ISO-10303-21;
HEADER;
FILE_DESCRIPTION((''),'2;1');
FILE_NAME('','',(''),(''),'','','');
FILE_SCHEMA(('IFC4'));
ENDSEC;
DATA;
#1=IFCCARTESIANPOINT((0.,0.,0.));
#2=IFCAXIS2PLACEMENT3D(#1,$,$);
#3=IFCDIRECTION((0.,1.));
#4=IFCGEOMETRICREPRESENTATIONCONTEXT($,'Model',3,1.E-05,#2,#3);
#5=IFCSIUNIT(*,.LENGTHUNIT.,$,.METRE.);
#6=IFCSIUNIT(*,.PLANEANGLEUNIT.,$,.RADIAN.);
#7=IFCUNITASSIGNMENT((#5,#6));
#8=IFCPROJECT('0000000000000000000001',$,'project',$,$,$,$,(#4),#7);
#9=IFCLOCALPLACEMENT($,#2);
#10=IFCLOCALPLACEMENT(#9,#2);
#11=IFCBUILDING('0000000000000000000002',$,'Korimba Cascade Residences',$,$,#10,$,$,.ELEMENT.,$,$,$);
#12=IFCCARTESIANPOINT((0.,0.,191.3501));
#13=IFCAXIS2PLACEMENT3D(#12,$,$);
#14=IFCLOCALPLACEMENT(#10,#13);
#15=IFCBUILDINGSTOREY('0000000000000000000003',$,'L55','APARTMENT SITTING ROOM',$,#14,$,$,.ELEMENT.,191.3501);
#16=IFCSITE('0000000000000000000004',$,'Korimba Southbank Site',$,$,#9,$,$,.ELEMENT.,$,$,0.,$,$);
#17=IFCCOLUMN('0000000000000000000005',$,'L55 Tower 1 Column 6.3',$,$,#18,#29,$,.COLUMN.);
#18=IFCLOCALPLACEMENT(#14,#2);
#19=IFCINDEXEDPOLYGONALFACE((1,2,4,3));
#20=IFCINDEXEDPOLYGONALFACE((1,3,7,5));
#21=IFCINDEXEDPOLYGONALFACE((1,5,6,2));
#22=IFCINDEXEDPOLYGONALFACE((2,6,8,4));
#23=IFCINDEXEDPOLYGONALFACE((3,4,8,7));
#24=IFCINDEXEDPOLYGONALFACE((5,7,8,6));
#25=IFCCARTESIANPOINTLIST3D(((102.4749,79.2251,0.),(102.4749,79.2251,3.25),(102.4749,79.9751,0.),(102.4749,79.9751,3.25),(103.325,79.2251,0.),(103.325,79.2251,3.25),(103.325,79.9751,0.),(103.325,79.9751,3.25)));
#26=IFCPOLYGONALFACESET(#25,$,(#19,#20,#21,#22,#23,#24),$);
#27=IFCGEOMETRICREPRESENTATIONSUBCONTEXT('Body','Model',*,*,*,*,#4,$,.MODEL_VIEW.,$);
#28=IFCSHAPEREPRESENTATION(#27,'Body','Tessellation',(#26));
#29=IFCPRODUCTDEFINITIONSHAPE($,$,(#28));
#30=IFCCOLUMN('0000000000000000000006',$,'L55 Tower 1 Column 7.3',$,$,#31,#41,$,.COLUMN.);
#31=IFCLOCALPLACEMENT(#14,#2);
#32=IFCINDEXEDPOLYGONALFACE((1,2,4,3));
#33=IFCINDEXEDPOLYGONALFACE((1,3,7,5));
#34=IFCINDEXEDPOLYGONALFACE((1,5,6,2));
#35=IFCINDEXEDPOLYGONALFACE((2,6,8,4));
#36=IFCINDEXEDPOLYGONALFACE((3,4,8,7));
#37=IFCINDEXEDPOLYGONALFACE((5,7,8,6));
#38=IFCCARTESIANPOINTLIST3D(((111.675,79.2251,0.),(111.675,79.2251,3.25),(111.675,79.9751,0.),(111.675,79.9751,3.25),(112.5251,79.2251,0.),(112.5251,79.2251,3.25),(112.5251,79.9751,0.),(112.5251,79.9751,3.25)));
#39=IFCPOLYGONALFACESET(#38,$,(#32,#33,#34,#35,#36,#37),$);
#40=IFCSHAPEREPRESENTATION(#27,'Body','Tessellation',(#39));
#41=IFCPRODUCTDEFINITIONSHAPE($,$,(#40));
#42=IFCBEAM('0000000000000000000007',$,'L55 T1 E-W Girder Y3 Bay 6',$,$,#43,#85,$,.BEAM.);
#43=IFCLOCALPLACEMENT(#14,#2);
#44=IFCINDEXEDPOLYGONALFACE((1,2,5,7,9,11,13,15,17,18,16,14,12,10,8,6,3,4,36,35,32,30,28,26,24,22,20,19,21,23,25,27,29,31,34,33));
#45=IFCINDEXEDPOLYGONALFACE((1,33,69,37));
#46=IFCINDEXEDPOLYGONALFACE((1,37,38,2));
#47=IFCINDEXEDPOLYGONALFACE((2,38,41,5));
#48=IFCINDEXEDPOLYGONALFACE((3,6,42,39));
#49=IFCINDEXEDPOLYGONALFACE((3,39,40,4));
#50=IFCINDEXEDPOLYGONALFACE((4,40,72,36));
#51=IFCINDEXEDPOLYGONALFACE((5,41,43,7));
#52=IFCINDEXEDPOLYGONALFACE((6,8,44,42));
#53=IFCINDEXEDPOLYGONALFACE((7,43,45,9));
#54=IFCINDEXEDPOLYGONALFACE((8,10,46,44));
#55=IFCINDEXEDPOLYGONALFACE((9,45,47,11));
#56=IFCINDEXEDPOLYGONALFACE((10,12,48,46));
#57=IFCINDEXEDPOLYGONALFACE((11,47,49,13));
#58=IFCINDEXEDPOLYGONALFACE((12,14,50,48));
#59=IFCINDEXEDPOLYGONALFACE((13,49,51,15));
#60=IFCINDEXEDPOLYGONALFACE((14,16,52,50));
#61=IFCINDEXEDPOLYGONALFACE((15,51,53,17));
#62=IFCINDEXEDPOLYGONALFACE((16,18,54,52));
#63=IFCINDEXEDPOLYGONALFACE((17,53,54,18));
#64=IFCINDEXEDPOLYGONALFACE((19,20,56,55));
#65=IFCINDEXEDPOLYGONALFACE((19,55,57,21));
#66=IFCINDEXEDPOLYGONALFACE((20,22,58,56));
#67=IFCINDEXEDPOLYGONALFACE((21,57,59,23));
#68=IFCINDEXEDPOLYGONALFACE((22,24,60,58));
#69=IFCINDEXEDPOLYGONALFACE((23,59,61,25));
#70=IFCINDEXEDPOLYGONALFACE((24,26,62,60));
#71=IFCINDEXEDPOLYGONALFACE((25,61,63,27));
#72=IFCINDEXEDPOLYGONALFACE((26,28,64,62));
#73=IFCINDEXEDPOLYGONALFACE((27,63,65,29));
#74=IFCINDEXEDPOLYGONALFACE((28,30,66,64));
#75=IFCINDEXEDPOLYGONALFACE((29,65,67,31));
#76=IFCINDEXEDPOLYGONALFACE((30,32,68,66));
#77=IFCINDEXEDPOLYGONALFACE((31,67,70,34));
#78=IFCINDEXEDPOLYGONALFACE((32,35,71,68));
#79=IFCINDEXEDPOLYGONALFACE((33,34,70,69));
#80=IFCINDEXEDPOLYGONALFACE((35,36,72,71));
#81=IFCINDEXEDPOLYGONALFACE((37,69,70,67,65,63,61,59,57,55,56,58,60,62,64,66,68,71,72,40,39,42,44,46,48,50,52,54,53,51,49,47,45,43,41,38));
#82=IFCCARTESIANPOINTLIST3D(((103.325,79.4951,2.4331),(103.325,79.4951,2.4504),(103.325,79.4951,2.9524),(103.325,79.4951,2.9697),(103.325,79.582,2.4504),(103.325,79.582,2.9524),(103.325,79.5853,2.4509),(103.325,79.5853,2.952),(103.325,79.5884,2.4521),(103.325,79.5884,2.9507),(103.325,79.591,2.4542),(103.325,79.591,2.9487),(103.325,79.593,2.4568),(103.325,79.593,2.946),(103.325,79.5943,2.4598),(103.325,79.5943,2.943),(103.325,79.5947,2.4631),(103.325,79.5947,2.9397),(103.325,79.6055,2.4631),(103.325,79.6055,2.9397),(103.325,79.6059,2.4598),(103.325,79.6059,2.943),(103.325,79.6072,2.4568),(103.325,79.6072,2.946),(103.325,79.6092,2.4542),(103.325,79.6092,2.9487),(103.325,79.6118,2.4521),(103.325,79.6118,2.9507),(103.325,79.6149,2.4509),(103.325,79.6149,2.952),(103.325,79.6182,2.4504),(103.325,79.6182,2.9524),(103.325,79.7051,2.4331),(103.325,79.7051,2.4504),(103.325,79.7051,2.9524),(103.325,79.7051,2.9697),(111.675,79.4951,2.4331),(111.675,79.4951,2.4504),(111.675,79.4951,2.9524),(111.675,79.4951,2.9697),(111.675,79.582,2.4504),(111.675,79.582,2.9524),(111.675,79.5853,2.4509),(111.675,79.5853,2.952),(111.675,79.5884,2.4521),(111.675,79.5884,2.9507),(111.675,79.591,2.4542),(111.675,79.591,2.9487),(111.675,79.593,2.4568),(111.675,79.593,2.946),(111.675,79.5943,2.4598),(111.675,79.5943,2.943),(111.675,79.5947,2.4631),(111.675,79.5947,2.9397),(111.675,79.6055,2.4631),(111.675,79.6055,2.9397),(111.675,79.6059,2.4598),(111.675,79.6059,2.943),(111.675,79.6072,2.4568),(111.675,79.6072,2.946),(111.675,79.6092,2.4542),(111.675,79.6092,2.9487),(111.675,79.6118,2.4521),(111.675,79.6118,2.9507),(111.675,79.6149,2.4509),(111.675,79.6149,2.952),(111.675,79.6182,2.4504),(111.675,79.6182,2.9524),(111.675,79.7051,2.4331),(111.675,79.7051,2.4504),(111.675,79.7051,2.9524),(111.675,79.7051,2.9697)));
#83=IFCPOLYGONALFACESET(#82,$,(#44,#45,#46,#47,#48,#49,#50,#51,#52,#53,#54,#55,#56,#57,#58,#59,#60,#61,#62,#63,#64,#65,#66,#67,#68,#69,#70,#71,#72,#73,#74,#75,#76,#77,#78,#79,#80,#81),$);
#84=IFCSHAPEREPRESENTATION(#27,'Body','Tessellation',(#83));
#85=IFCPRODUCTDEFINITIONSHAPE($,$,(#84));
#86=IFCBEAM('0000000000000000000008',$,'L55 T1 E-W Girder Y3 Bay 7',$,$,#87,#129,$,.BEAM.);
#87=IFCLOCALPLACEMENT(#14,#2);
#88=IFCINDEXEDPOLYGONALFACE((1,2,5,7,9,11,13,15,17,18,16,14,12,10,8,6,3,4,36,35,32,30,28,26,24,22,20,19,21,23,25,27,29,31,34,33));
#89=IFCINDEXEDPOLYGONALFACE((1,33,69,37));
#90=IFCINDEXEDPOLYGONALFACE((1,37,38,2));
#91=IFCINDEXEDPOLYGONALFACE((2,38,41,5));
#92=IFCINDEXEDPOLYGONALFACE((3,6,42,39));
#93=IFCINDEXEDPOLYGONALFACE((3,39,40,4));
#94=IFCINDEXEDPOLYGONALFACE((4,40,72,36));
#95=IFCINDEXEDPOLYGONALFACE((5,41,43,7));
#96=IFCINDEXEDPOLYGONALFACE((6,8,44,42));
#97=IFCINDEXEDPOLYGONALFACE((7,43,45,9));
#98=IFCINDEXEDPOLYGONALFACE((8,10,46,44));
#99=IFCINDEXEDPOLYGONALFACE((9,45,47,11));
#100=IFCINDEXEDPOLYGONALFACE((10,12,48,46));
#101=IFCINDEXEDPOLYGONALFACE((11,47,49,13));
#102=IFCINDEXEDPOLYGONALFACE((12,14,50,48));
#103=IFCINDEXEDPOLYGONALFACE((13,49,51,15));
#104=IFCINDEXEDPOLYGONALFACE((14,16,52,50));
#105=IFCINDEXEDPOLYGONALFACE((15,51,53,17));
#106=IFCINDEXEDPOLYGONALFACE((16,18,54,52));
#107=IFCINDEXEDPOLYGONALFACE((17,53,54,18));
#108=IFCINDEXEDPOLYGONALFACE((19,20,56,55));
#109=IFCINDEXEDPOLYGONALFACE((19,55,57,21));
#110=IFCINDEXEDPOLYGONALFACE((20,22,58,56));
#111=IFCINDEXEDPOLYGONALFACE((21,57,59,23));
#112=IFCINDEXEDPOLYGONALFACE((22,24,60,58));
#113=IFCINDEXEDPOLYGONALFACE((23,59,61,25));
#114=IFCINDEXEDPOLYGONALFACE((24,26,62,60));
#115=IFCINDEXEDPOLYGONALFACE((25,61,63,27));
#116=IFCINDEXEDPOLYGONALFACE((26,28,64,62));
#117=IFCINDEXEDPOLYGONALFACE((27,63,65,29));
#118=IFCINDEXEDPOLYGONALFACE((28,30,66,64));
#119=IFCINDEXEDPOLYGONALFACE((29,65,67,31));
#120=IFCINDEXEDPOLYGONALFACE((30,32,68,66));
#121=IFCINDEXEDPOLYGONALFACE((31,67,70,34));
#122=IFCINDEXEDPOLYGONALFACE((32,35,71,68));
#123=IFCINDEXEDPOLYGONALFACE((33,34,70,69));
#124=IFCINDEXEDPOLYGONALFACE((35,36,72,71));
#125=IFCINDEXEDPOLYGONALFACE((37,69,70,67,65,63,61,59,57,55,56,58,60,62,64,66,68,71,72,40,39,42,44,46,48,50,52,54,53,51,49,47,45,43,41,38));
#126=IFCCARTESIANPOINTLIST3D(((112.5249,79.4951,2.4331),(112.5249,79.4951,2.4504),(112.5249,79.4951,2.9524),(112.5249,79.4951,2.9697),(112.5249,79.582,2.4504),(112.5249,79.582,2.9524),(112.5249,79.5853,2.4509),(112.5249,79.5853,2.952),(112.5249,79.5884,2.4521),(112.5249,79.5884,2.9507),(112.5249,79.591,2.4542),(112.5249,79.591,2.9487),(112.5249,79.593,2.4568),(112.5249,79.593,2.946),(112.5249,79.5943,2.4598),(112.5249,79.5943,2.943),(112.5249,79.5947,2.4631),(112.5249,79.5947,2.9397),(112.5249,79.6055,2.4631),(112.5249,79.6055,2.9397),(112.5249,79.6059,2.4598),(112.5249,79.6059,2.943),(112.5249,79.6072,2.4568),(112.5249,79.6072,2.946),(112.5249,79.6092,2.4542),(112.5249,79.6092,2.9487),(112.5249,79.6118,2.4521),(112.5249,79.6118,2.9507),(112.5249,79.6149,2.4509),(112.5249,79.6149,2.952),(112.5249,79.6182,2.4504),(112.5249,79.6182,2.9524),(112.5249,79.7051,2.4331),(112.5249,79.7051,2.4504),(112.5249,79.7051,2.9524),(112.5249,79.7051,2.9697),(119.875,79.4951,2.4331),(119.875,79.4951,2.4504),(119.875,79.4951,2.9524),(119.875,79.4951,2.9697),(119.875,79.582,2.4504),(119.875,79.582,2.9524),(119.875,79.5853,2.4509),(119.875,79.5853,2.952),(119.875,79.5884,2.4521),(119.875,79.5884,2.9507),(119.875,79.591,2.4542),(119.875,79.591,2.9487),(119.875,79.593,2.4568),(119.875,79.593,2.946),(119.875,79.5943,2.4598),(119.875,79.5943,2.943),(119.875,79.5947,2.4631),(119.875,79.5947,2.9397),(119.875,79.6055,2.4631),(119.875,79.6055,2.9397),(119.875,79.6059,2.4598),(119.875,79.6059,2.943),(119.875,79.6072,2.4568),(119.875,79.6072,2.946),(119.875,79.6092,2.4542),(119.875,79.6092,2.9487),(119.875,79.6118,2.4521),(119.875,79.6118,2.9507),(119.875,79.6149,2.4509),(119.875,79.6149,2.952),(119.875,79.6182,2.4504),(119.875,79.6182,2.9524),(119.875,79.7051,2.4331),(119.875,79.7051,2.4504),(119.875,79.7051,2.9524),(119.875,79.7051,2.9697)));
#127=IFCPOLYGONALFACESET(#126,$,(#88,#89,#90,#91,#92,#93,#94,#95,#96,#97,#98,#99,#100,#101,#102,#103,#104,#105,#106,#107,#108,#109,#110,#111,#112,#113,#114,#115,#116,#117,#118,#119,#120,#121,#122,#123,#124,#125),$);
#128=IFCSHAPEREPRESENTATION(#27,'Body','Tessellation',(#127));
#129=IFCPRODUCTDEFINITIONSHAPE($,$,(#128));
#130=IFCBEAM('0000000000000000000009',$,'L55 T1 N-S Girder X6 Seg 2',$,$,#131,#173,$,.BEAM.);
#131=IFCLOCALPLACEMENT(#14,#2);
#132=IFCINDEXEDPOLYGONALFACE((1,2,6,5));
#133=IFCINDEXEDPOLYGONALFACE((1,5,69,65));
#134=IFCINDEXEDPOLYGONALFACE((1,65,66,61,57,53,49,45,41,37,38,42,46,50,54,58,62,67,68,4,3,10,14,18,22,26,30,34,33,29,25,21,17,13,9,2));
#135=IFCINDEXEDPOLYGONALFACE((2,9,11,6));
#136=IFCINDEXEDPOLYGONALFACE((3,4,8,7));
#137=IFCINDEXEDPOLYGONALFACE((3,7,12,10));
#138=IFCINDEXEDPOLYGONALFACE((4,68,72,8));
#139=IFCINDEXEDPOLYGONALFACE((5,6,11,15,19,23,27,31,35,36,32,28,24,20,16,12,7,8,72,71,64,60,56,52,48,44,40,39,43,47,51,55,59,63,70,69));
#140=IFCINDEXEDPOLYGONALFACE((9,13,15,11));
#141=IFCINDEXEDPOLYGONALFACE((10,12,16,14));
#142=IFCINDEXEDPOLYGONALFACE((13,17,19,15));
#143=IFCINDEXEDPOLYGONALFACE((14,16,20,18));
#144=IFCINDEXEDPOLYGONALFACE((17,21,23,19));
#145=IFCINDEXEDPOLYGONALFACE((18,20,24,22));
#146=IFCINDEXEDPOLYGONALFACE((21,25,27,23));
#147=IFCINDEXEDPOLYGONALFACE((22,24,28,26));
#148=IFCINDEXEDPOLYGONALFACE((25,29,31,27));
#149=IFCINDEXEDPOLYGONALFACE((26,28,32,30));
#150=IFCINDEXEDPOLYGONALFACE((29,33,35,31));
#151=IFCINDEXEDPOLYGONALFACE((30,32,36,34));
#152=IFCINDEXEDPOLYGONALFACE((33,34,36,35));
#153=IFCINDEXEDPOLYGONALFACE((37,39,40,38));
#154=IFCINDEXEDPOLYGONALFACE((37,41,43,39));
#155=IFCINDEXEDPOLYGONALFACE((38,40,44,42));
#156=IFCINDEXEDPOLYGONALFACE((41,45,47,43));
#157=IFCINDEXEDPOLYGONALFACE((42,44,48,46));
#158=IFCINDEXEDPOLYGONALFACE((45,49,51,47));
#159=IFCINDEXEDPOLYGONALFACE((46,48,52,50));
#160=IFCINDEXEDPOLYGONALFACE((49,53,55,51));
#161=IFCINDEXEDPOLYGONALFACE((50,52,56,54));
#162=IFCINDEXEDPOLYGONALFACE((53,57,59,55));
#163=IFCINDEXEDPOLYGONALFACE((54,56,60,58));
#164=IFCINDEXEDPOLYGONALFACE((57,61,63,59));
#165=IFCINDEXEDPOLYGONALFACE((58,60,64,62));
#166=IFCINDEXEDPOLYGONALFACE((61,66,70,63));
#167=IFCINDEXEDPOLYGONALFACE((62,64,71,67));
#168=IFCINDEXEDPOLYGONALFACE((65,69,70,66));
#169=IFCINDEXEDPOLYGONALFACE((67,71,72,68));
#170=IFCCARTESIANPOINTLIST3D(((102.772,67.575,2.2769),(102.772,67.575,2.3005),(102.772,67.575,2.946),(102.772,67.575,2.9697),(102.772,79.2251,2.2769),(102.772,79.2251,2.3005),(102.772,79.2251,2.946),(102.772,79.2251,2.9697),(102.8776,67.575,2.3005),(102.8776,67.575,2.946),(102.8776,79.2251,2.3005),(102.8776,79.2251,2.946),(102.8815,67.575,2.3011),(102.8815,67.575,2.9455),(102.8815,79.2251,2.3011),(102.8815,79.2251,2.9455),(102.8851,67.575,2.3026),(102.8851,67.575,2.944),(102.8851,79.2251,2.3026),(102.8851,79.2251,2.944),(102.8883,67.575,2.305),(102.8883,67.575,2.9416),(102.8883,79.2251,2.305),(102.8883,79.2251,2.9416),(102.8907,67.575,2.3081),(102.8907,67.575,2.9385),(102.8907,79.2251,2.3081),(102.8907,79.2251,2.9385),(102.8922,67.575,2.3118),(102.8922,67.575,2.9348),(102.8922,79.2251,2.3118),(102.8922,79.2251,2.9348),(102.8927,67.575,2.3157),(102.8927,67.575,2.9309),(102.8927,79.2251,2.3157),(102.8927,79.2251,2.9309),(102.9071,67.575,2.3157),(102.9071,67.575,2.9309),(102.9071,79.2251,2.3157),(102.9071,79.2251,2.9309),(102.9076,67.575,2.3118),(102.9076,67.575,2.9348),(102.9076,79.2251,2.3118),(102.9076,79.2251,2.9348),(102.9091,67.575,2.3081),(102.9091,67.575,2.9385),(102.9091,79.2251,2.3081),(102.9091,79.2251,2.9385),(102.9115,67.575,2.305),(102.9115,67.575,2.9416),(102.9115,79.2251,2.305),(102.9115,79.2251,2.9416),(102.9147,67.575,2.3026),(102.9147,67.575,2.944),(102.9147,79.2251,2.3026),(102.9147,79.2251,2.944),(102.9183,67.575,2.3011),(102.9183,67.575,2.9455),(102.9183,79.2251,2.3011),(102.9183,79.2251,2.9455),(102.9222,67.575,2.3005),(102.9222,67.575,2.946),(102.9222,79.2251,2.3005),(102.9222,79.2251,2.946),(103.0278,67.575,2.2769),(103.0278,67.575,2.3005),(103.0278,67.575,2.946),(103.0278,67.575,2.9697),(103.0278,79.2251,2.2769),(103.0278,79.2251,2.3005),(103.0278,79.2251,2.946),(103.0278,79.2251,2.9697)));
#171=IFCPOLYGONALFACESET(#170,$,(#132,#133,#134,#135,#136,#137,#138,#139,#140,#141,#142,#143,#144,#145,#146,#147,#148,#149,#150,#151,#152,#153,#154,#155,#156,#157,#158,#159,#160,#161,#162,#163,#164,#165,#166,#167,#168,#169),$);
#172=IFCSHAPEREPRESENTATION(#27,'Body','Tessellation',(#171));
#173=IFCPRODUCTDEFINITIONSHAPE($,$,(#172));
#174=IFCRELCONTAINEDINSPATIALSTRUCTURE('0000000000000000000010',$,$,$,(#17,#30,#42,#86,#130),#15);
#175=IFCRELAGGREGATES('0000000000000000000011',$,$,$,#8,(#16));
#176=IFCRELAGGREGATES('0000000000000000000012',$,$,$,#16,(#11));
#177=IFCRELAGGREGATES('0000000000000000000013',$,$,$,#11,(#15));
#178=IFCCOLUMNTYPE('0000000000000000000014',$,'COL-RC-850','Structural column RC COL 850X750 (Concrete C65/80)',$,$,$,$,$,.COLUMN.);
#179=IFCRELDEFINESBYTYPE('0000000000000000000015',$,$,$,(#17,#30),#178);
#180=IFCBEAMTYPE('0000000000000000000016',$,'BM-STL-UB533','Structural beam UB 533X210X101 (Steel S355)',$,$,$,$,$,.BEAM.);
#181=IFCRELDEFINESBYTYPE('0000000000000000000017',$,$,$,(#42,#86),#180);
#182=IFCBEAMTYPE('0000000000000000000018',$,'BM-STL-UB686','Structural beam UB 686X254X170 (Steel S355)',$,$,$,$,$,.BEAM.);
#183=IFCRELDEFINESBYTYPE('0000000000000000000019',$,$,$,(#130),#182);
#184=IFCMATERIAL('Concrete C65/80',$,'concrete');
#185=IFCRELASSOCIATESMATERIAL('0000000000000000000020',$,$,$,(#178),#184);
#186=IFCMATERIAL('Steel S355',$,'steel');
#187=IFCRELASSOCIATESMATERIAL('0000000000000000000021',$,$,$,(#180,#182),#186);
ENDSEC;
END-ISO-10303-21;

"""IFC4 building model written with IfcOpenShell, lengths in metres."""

from ifc_helpers import new_model, si_unit, direction, frame, origin, origin_2d, place, context, subcontext, project, spatial, rectangle, i_section, extrude, material, material_profile, profile_set, type_object, element, save


model = new_model("IFC4")

# Units and contexts
model_context = context("Model", 3, precision=1e-05, world=origin(), true_north=direction((0.0, 1.0)))
body_context = subcontext(model_context, "Body", "Model", "MODEL_VIEW")
ifc_project = project(units=[si_unit("LENGTHUNIT", "METRE"), si_unit("PLANEANGLEUNIT", "RADIAN")], contexts=[model_context])

# Site, building, storey
site_placement = place(None, origin())
site = spatial("IfcSite", under=ifc_project, at=site_placement, Name="Korimba Southbank Site", CompositionType="ELEMENT", RefElevation=0.0)
building_placement = place(site_placement, origin())
building = spatial("IfcBuilding", under=site, at=building_placement, Name="Korimba Cascade Residences", CompositionType="ELEMENT")
storey_placement = place(building_placement, frame((0.0, 0.0, 191.3501)))
storey = spatial("IfcBuildingStorey", under=building, at=storey_placement, Name="L55", Description="APARTMENT SITTING ROOM", CompositionType="ELEMENT", Elevation=191.3501)

# Columns
ifc_material_1 = material(Name="Concrete C65/80", Category="concrete")
ifc_material_profile_1 = material_profile(ifc_material_1, rectangle(XDim=0.8501, YDim=0.75, at=origin_2d()), Name="Concrete C65/80")
ifc_profile_set_1 = profile_set([ifc_material_profile_1], Name="Concrete C65/80")
column_type = type_object("IfcColumnType", Name="COL-RC-850", Description="Structural column RC COL 850X750 (Concrete C65/80)", PredefinedType="COLUMN", material=ifc_profile_set_1)
for number, where, z_axis, x_axis, name in (
    (1, (102.8999, 79.6001, 0.0), (0.0, 0.0, 1.0), (1.0, 0.0, 0.0), "L55 Tower 1 Column 6.3"),
    (2, (112.1001, 79.6001, 0.0), (0.0, 0.0, 1.0), (1.0, 0.0, 0.0), "L55 Tower 1 Column 7.3"),
):
    element("IfcColumn", number, at=place(storey_placement, frame(where, z_axis=z_axis, x_axis=x_axis)), inside=storey, type_object=column_type, Name=name, PredefinedType="COLUMN", context=body_context, shape_type="SweptSolid", body=[
        extrude(rectangle(XDim=0.8501, YDim=0.75, at=origin_2d()), origin(), (0.0, 0.0, 1.0), 3.25),
    ])

# Beams
ifc_material_2 = material(Name="Steel S355", Category="steel")
ifc_material_profile_2 = material_profile(ifc_material_2, i_section(OverallWidth=0.21, OverallDepth=0.5366, WebThickness=0.0107, FlangeThickness=0.0173, FilletRadius=0.0127, at=origin_2d()), Name="Steel S355")
ifc_profile_set_2 = profile_set([ifc_material_profile_2], Name="Steel S355")
beam_type_1 = type_object("IfcBeamType", Name="BM-STL-UB533", Description="Structural beam UB 533X210X101 (Steel S355)", PredefinedType="BEAM", material=ifc_profile_set_2)
beam_1_placement = place(storey_placement, frame((103.325, 79.6001, 2.7014), z_axis=(1.0, 0.0, 0.0), x_axis=(0.0, 1.0, 0.0)))
element("IfcBeam", 3, at=beam_1_placement, inside=storey, type_object=beam_type_1, Name="L55 T1 E-W Girder Y3 Bay 6", PredefinedType="BEAM", context=body_context, shape_type="SweptSolid", body=[
    extrude(i_section(OverallWidth=0.21, OverallDepth=0.5366, WebThickness=0.0107, FlangeThickness=0.0173, FilletRadius=0.0127, at=origin_2d()), origin(), (0.0, 0.0, 1.0), 8.3501),
])
beam_2_placement = place(storey_placement, frame((112.5249, 79.6001, 2.7014), z_axis=(1.0, 0.0, 0.0), x_axis=(0.0, 1.0, 0.0)))
element("IfcBeam", 4, at=beam_2_placement, inside=storey, type_object=beam_type_1, Name="L55 T1 E-W Girder Y3 Bay 7", PredefinedType="BEAM", context=body_context, shape_type="SweptSolid", body=[
    extrude(i_section(OverallWidth=0.21, OverallDepth=0.5366, WebThickness=0.0107, FlangeThickness=0.0173, FilletRadius=0.0127, at=origin_2d()), origin(), (0.0, 0.0, 1.0), 7.3501),
])
ifc_material_profile_3 = material_profile(ifc_material_2, i_section(OverallWidth=0.2559, OverallDepth=0.6929, WebThickness=0.0144, FlangeThickness=0.0237, FilletRadius=0.0151, at=origin_2d()), Name="Steel S355")
ifc_profile_set_3 = profile_set([ifc_material_profile_3], Name="Steel S355")
beam_type_2 = type_object("IfcBeamType", Name="BM-STL-UB686", Description="Structural beam UB 686X254X170 (Steel S355)", PredefinedType="BEAM", material=ifc_profile_set_3)
beam_3_placement = place(storey_placement, frame((102.8999, 67.575, 2.6233), z_axis=(0.0, 1.0, 0.0), x_axis=(-1.0, 0.0, 0.0)))
element("IfcBeam", 5, at=beam_3_placement, inside=storey, type_object=beam_type_2, Name="L55 T1 N-S Girder X6 Seg 2", PredefinedType="BEAM", context=body_context, shape_type="SweptSolid", body=[
    extrude(i_section(OverallWidth=0.2559, OverallDepth=0.6929, WebThickness=0.0144, FlangeThickness=0.0237, FilletRadius=0.0151, at=origin_2d()), origin(), (0.0, 0.0, 1.0), 11.6501),
])

save(model, "model.ifc")
